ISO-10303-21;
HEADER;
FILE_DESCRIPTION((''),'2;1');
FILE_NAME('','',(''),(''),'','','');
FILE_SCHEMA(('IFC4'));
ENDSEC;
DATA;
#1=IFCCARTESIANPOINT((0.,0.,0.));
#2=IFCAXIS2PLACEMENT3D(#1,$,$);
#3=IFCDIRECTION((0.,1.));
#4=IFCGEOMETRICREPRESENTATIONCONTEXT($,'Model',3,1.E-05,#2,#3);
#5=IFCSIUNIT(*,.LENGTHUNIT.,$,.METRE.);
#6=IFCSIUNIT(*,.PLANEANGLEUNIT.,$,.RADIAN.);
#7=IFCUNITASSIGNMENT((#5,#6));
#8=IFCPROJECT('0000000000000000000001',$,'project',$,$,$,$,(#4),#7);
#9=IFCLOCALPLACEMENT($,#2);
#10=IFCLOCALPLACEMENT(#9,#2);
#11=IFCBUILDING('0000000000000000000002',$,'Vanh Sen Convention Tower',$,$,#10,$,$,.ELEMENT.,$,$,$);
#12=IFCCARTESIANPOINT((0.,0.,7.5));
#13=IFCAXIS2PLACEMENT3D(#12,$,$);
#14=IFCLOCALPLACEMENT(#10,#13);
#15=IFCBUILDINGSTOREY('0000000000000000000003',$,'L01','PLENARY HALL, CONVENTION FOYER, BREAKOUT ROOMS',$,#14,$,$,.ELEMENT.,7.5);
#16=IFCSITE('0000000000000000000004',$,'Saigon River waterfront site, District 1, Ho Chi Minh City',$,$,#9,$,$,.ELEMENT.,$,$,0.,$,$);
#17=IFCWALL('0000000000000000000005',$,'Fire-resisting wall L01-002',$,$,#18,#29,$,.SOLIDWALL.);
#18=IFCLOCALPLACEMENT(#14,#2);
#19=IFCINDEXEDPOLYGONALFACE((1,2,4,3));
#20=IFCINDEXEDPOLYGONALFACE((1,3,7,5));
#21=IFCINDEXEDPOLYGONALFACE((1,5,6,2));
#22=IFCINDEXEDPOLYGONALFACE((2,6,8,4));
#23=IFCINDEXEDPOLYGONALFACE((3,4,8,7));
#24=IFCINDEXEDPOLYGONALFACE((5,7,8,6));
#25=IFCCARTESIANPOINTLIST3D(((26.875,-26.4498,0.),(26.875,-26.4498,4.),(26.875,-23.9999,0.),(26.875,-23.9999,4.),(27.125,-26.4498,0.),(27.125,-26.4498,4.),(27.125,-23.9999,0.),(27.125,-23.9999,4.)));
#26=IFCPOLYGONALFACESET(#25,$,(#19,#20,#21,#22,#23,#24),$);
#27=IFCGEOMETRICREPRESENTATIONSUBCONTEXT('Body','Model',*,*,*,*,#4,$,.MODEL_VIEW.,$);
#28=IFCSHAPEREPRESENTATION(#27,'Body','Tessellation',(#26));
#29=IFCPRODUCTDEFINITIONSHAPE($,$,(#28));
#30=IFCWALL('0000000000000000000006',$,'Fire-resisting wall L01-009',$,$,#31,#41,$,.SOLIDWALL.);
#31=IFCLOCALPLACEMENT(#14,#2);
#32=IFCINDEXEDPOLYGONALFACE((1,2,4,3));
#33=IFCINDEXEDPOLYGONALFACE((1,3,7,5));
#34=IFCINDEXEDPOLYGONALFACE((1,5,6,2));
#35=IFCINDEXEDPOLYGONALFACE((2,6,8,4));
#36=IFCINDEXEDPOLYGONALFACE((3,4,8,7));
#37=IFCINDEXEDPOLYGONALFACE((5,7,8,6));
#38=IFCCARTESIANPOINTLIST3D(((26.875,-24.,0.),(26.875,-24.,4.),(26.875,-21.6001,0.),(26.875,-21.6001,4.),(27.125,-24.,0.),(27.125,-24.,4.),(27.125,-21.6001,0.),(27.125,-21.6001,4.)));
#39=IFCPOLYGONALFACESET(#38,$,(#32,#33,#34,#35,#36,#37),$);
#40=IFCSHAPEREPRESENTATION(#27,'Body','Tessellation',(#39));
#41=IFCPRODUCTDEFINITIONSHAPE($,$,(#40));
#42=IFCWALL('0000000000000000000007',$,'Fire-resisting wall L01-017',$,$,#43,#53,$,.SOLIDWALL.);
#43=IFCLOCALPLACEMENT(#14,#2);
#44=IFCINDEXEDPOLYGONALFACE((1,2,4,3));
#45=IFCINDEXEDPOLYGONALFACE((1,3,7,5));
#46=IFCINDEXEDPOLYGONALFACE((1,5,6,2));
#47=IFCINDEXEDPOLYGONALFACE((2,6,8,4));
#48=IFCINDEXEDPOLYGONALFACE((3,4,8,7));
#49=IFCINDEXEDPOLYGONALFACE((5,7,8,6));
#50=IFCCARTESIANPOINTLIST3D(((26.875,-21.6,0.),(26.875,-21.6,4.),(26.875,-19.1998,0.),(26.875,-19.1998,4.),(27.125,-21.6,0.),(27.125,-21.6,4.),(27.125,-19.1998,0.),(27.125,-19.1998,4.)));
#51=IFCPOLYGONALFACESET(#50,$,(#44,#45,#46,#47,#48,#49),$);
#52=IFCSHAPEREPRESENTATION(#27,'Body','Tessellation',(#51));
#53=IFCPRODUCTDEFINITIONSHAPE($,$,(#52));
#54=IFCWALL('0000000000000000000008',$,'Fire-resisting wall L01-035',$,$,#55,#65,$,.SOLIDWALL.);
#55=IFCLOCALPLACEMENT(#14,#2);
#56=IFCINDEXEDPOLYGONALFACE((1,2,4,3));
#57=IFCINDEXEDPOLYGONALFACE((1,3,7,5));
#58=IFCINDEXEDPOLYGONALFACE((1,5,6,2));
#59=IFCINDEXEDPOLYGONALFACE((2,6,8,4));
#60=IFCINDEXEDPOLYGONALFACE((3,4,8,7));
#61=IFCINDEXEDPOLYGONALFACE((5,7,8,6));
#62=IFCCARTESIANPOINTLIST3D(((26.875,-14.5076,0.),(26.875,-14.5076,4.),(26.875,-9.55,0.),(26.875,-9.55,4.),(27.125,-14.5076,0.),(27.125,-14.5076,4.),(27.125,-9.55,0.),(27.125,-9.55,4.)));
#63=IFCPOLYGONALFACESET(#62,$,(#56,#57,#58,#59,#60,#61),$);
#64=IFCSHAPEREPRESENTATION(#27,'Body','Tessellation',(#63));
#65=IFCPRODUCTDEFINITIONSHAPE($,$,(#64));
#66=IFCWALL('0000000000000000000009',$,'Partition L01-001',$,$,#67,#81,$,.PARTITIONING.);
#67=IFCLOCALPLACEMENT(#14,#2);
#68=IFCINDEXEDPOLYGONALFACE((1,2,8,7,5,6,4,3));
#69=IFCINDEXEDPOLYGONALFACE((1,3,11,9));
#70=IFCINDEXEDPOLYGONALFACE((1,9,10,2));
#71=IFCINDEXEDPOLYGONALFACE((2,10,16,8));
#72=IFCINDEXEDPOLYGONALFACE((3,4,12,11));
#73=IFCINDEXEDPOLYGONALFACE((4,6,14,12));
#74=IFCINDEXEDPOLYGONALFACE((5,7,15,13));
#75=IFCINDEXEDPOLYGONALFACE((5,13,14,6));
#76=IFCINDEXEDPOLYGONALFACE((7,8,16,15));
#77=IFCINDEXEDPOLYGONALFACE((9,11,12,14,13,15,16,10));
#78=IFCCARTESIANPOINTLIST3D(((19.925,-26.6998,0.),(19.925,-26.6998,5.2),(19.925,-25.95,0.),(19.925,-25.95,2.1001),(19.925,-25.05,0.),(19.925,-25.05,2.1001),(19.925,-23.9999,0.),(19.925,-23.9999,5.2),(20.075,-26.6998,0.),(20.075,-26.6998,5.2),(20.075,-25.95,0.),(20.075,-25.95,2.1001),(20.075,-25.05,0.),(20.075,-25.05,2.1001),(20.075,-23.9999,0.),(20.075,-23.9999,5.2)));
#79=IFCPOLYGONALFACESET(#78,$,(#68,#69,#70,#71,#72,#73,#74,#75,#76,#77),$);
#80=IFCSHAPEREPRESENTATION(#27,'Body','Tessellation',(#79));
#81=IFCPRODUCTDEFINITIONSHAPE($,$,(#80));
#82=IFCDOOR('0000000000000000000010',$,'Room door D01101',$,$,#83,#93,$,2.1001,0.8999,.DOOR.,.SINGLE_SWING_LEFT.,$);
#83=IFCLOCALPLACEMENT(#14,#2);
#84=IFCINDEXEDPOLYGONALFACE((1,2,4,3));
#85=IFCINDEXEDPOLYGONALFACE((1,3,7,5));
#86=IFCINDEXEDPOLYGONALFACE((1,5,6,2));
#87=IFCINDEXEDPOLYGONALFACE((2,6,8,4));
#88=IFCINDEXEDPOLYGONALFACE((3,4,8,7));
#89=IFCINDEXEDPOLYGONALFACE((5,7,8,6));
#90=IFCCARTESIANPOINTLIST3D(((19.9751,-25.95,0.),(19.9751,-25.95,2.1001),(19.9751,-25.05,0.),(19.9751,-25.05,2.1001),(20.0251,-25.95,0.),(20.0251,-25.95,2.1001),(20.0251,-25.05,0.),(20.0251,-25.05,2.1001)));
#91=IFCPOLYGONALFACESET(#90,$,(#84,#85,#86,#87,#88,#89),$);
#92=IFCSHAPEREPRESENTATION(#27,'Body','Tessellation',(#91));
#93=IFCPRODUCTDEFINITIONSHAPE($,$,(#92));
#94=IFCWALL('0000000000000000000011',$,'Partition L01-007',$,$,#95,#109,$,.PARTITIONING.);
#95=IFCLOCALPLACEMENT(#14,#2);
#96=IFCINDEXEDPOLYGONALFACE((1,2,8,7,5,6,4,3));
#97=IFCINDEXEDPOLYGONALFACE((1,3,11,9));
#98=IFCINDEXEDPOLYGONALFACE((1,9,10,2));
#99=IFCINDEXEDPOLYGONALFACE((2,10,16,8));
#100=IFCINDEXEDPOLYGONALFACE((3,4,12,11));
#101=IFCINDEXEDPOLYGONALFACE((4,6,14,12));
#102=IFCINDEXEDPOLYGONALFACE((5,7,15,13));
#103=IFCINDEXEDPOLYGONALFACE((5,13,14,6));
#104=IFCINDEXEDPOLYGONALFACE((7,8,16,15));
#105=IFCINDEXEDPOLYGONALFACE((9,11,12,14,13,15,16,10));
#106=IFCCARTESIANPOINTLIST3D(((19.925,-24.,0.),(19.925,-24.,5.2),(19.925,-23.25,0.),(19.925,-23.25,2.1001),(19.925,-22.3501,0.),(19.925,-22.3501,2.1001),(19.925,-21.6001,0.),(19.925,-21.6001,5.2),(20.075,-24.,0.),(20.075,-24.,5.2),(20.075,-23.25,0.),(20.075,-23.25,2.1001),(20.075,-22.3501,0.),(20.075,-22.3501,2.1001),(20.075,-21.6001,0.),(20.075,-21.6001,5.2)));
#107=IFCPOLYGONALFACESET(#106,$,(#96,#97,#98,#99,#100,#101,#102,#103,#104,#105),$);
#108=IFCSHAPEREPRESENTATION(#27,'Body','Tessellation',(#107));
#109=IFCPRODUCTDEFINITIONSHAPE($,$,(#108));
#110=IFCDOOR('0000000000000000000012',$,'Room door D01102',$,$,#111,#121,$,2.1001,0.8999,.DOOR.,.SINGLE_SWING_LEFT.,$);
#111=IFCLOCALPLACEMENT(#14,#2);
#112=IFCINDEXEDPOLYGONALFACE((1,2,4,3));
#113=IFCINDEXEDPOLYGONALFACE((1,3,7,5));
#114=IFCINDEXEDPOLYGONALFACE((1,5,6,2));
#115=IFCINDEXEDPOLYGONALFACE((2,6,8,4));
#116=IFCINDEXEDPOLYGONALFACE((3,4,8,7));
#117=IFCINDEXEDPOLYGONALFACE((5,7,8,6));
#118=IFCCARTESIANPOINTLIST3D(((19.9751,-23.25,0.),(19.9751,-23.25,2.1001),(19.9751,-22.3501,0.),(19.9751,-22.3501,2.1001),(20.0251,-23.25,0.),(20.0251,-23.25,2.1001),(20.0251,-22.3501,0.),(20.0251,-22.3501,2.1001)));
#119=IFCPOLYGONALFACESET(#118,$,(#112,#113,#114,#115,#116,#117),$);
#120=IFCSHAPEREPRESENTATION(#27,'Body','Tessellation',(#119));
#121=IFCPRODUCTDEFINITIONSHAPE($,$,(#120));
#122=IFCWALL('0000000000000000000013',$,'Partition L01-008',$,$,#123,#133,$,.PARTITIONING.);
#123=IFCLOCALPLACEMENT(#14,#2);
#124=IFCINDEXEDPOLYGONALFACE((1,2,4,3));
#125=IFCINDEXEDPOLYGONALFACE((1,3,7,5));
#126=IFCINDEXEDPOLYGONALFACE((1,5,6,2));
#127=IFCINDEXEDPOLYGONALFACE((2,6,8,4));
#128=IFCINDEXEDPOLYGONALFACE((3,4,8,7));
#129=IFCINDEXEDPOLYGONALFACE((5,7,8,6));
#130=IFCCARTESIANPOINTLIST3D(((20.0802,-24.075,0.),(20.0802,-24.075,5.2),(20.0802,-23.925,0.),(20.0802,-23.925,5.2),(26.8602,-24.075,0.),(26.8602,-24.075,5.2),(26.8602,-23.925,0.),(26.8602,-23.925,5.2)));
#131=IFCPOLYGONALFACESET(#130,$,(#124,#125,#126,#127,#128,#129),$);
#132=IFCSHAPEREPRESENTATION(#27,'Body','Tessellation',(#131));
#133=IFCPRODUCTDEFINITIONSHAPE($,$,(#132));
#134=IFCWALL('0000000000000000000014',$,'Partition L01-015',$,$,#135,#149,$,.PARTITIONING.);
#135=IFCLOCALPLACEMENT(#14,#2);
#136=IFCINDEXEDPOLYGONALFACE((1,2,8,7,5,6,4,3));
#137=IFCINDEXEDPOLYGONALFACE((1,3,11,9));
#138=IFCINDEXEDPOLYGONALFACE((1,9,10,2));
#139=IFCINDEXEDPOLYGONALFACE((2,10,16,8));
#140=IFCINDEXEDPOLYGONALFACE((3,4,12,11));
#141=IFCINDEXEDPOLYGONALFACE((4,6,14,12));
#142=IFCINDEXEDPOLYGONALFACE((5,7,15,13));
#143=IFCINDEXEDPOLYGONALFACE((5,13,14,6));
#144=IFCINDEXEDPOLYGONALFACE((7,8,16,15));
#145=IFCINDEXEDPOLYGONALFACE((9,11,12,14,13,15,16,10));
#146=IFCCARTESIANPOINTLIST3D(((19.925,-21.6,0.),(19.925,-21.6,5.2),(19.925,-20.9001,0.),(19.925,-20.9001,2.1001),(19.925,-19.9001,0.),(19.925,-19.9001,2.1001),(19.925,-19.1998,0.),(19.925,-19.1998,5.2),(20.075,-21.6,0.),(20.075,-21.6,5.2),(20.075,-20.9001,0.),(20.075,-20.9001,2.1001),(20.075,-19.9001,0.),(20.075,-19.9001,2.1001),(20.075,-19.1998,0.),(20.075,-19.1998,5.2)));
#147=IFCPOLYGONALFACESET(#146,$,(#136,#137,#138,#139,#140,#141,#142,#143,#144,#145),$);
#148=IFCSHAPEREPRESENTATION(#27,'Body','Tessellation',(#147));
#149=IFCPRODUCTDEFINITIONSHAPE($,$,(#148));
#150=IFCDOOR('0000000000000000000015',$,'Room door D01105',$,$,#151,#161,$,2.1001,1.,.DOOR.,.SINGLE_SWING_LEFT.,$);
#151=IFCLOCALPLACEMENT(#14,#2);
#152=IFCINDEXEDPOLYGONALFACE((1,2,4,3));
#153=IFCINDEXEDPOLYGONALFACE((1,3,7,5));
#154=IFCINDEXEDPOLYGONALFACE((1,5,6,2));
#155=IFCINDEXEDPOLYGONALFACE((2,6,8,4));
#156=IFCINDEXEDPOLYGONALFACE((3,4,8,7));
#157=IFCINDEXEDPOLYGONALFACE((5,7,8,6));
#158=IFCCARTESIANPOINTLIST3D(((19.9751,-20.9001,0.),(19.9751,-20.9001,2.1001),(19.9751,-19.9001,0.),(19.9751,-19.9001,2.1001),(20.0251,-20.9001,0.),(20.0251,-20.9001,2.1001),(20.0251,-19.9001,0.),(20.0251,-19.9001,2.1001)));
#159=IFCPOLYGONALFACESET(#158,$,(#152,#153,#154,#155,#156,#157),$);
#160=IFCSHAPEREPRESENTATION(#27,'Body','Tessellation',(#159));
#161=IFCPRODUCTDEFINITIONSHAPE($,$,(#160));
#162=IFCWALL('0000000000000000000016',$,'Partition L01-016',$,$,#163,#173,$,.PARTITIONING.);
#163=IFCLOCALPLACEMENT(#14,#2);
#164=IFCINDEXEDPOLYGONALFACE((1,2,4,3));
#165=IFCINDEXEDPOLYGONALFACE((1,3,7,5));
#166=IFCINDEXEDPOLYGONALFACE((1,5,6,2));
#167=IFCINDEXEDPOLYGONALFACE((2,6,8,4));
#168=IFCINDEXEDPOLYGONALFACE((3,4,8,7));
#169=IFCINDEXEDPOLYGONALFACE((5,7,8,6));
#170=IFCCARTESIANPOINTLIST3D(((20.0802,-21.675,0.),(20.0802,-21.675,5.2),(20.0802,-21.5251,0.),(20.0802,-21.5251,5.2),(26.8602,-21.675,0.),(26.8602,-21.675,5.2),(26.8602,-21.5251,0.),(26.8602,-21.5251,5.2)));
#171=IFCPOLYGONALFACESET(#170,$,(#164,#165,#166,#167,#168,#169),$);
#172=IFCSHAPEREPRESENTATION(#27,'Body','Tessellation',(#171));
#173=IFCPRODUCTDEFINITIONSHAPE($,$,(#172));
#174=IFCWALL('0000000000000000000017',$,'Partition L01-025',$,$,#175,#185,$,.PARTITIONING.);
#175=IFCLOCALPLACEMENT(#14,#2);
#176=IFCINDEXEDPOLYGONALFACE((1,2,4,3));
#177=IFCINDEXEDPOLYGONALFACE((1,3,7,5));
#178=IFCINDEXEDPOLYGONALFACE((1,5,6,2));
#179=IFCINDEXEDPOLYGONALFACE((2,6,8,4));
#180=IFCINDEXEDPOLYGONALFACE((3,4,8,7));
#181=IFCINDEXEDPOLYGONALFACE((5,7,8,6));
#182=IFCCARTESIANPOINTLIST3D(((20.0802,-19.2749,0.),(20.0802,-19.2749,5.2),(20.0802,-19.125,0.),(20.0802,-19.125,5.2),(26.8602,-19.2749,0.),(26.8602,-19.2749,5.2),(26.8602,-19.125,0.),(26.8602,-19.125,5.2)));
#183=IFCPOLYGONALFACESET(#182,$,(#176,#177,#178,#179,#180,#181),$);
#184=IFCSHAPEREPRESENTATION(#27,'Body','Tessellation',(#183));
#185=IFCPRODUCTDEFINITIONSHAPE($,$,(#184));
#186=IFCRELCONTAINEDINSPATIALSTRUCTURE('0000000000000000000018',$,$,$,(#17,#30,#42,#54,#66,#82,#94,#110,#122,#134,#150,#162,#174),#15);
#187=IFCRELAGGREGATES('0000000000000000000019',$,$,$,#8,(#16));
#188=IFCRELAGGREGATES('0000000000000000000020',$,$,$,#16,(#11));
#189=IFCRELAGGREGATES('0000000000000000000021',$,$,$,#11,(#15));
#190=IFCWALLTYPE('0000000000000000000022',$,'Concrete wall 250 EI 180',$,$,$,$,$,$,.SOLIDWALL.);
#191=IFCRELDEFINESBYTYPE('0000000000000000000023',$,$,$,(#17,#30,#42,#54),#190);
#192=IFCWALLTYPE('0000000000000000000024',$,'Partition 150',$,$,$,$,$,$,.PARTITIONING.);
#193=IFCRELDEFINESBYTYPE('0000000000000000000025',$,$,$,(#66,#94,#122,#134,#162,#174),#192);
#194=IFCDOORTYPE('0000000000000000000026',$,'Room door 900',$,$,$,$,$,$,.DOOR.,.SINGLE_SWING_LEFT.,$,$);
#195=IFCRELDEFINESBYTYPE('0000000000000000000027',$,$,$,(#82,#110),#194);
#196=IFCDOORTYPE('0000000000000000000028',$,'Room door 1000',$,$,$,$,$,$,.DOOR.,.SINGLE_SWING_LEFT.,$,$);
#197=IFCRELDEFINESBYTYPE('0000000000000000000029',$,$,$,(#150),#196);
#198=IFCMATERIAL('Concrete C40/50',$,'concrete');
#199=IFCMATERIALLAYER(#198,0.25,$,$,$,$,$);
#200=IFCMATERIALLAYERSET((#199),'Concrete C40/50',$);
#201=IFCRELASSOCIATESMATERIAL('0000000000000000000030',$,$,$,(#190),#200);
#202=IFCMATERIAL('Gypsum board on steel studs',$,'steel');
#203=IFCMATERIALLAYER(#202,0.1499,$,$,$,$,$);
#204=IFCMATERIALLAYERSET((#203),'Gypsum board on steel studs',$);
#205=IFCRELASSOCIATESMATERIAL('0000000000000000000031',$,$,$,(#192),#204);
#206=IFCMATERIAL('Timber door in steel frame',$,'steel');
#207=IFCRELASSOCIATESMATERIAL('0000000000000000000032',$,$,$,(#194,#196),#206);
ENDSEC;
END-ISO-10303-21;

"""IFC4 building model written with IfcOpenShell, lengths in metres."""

from ifc_helpers import new_model, si_unit, direction, frame, frame_2d, origin, place, context, subcontext, project, spatial, rectangle, extrude, material, layer, layer_set, type_object, element, fill, save


model = new_model("IFC4")

# Units and contexts
model_context = context("Model", 3, precision=1e-05, world=origin(), true_north=direction((0.0, 1.0)))
body_context = subcontext(model_context, "Body", "Model", "MODEL_VIEW")
ifc_project = project(units=[si_unit("LENGTHUNIT", "METRE"), si_unit("PLANEANGLEUNIT", "RADIAN")], contexts=[model_context])

# Site, building, storey
site_placement = place(None, origin())
site = spatial("IfcSite", under=ifc_project, at=site_placement, Name="Saigon River waterfront site, District 1, Ho Chi Minh City", CompositionType="ELEMENT", RefElevation=0.0)
building_placement = place(site_placement, origin())
building = spatial("IfcBuilding", under=site, at=building_placement, Name="Vanh Sen Convention Tower", CompositionType="ELEMENT")
storey_placement = place(building_placement, frame((0.0, 0.0, 7.5)))
storey = spatial("IfcBuildingStorey", under=building, at=storey_placement, Name="L01", Description="PLENARY HALL, CONVENTION FOYER, BREAKOUT ROOMS", CompositionType="ELEMENT", Elevation=7.5)

# Walls
ifc_material_1 = material(Name="Concrete C40/50", Category="concrete")
ifc_layer_1 = layer(ifc_material_1, 0.25)
ifc_layer_set_1 = layer_set([ifc_layer_1], Name="Concrete C40/50")
wall_type_1 = type_object("IfcWallType", Name="Concrete wall 250 EI 180", PredefinedType="SOLIDWALL", material=ifc_layer_set_1)
wall_1_placement = place(storey_placement, frame((27.0, -26.45, 0.0), z_axis=(0.0, 0.0, 1.0), x_axis=(0.0, 1.0, 0.0)))
element("IfcWall", 1, at=wall_1_placement, inside=storey, type_object=wall_type_1, Name="Fire-resisting wall L01-002", PredefinedType="SOLIDWALL", context=body_context, shape_type="SweptSolid", body=[
    extrude(rectangle(XDim=2.45, YDim=0.25, at=frame_2d((1.2251, 0.0))), origin(), (0.0, 0.0, 1.0), 4.0),
])
wall_2_placement = place(storey_placement, frame((27.0, -24.0, 0.0), z_axis=(0.0, 0.0, 1.0), x_axis=(0.0, 1.0, 0.0)))
element("IfcWall", 2, at=wall_2_placement, inside=storey, type_object=wall_type_1, Name="Fire-resisting wall L01-009", PredefinedType="SOLIDWALL", context=body_context, shape_type="SweptSolid", body=[
    extrude(rectangle(XDim=2.3999, YDim=0.25, at=frame_2d((1.2, 0.0))), origin(), (0.0, 0.0, 1.0), 4.0),
])
wall_3_placement = place(storey_placement, frame((27.0, -21.6001, 0.0), z_axis=(0.0, 0.0, 1.0), x_axis=(0.0, 1.0, 0.0)))
element("IfcWall", 3, at=wall_3_placement, inside=storey, type_object=wall_type_1, Name="Fire-resisting wall L01-017", PredefinedType="SOLIDWALL", context=body_context, shape_type="SweptSolid", body=[
    extrude(rectangle(XDim=2.4001, YDim=0.25, at=frame_2d((1.2002, 0.0))), origin(), (0.0, 0.0, 1.0), 4.0),
])

# Shared definitions
ifc_material_2 = material(Name="Timber door in steel frame", Category="steel")

# Wall
wall_4_placement = place(storey_placement, frame((27.0, -14.5076, 0.0), z_axis=(0.0, 0.0, 1.0), x_axis=(0.0, 1.0, 0.0)))
element("IfcWall", 4, at=wall_4_placement, inside=storey, type_object=wall_type_1, Name="Fire-resisting wall L01-035", PredefinedType="SOLIDWALL", context=body_context, shape_type="SweptSolid", body=[
    extrude(rectangle(XDim=4.9575, YDim=0.25, at=frame_2d((2.4788, 0.0))), origin(), (0.0, 0.0, 1.0), 4.0),
])

# Walls, openings, doors
ifc_material_3 = material(Name="Gypsum board on steel studs", Category="steel")
ifc_layer_2 = layer(ifc_material_3, 0.1499)
ifc_layer_set_2 = layer_set([ifc_layer_2], Name="Gypsum board on steel studs")
wall_type_2 = type_object("IfcWallType", Name="Partition 150", PredefinedType="PARTITIONING", material=ifc_layer_set_2)
wall_5_placement = place(storey_placement, frame((20.0, -26.7, 0.0), z_axis=(0.0, 0.0, 1.0), x_axis=(0.0, 1.0, 0.0)))
wall_5 = element("IfcWall", 5, at=wall_5_placement, inside=storey, type_object=wall_type_2, Name="Partition L01-001", PredefinedType="PARTITIONING", context=body_context, shape_type="SweptSolid", body=[
    extrude(rectangle(XDim=2.7, YDim=0.1499, at=frame_2d((1.3501, 0.0))), origin(), (0.0, 0.0, 1.0), 5.2),
])
opening_1_placement = place(wall_5_placement, frame((0.75, 0.0, 0.0)))
opening_1 = element("IfcOpeningElement", 6, at=opening_1_placement, cuts=wall_5, PredefinedType="OPENING", context=body_context, shape_type="SweptSolid", body=[
    extrude(rectangle(XDim=0.8999, YDim=2.1001, at=frame_2d((0.45, 1.05))), frame((0.0, 0.085, 0.0), z_axis=(0.0, -1.0, 0.0), x_axis=(1.0, 0.0, 0.0)), (0.0, 0.0, 1.0), 0.1699),
])
door_type_1 = type_object("IfcDoorType", Name="Room door 900", OperationType="SINGLE_SWING_LEFT", PredefinedType="DOOR", material=ifc_material_2)
door_1_placement = place(opening_1_placement, origin())
door_1 = element("IfcDoor", 7, at=door_1_placement, inside=storey, type_object=door_type_1, Name="Room door D01101", OperationType="SINGLE_SWING_LEFT", OverallHeight=2.1001, OverallWidth=0.8999, PredefinedType="DOOR", context=body_context, shape_type="SweptSolid", body=[
    extrude(rectangle(XDim=0.8999, YDim=2.1001, at=frame_2d((0.45, 1.05))), frame((0.0, 0.0249, 0.0), z_axis=(0.0, -1.0, 0.0), x_axis=(1.0, 0.0, 0.0)), (0.0, 0.0, 1.0), 0.05),
])
fill(opening_1, door_1)
wall_6_placement = place(storey_placement, frame((20.0, -24.0, 0.0), z_axis=(0.0, 0.0, 1.0), x_axis=(0.0, 1.0, 0.0)))
wall_6 = element("IfcWall", 8, at=wall_6_placement, inside=storey, type_object=wall_type_2, Name="Partition L01-007", PredefinedType="PARTITIONING", context=body_context, shape_type="SweptSolid", body=[
    extrude(rectangle(XDim=2.3999, YDim=0.1499, at=frame_2d((1.2, 0.0))), origin(), (0.0, 0.0, 1.0), 5.2),
])
opening_2_placement = place(wall_6_placement, frame((0.75, 0.0, 0.0)))
opening_2 = element("IfcOpeningElement", 9, at=opening_2_placement, cuts=wall_6, PredefinedType="OPENING", context=body_context, shape_type="SweptSolid", body=[
    extrude(rectangle(XDim=0.8999, YDim=2.1001, at=frame_2d((0.45, 1.05))), frame((0.0, 0.085, 0.0), z_axis=(0.0, -1.0, 0.0), x_axis=(1.0, 0.0, 0.0)), (0.0, 0.0, 1.0), 0.1699),
])
door_2_placement = place(opening_2_placement, origin())
door_2 = element("IfcDoor", 10, at=door_2_placement, inside=storey, type_object=door_type_1, Name="Room door D01102", OperationType="SINGLE_SWING_LEFT", OverallHeight=2.1001, OverallWidth=0.8999, PredefinedType="DOOR", context=body_context, shape_type="SweptSolid", body=[
    extrude(rectangle(XDim=0.8999, YDim=2.1001, at=frame_2d((0.45, 1.05))), frame((0.0, 0.0249, 0.0), z_axis=(0.0, -1.0, 0.0), x_axis=(1.0, 0.0, 0.0)), (0.0, 0.0, 1.0), 0.05),
])
fill(opening_2, door_2)

# Wall
wall_7_placement = place(storey_placement, frame((20.0801, -24.0, 0.0), z_axis=(0.0, 0.0, 1.0), x_axis=(1.0, 0.0, 0.0)))
element("IfcWall", 11, at=wall_7_placement, inside=storey, type_object=wall_type_2, Name="Partition L01-008", PredefinedType="PARTITIONING", context=body_context, shape_type="SweptSolid", body=[
    extrude(rectangle(XDim=6.78, YDim=0.1499, at=frame_2d((3.3901, 0.0))), origin(), (0.0, 0.0, 1.0), 5.2),
])

# Wall, opening, door
wall_8_placement = place(storey_placement, frame((20.0, -21.6001, 0.0), z_axis=(0.0, 0.0, 1.0), x_axis=(0.0, 1.0, 0.0)))
wall_8 = element("IfcWall", 12, at=wall_8_placement, inside=storey, type_object=wall_type_2, Name="Partition L01-015", PredefinedType="PARTITIONING", context=body_context, shape_type="SweptSolid", body=[
    extrude(rectangle(XDim=2.4001, YDim=0.1499, at=frame_2d((1.2002, 0.0))), origin(), (0.0, 0.0, 1.0), 5.2),
])
opening_3_placement = place(wall_8_placement, frame((0.7, 0.0, 0.0)))
opening_3 = element("IfcOpeningElement", 13, at=opening_3_placement, cuts=wall_8, PredefinedType="OPENING", context=body_context, shape_type="SweptSolid", body=[
    extrude(rectangle(XDim=1.0, YDim=2.1001, at=frame_2d((0.5, 1.05))), frame((0.0, 0.085, 0.0), z_axis=(0.0, -1.0, 0.0), x_axis=(1.0, 0.0, 0.0)), (0.0, 0.0, 1.0), 0.1699),
])
door_type_2 = type_object("IfcDoorType", Name="Room door 1000", OperationType="SINGLE_SWING_LEFT", PredefinedType="DOOR", material=ifc_material_2)
door_3_placement = place(opening_3_placement, origin())
door_3 = element("IfcDoor", 14, at=door_3_placement, inside=storey, type_object=door_type_2, Name="Room door D01105", OperationType="SINGLE_SWING_LEFT", OverallHeight=2.1001, OverallWidth=1.0, PredefinedType="DOOR", context=body_context, shape_type="SweptSolid", body=[
    extrude(rectangle(XDim=1.0, YDim=2.1001, at=frame_2d((0.5, 1.05))), frame((0.0, 0.0249, 0.0), z_axis=(0.0, -1.0, 0.0), x_axis=(1.0, 0.0, 0.0)), (0.0, 0.0, 1.0), 0.05),
])
fill(opening_3, door_3)

# Walls
for number, where, z_axis, x_axis, name in (
    (15, (20.0801, -21.6001, 0.0), (0.0, 0.0, 1.0), (1.0, 0.0, 0.0), "Partition L01-016"),
    (16, (20.0801, -19.2, 0.0), (0.0, 0.0, 1.0), (1.0, 0.0, 0.0), "Partition L01-025"),
):
    element("IfcWall", number, at=place(storey_placement, frame(where, z_axis=z_axis, x_axis=x_axis)), inside=storey, type_object=wall_type_2, Name=name, PredefinedType="PARTITIONING", context=body_context, shape_type="SweptSolid", body=[
        extrude(rectangle(XDim=6.78, YDim=0.1499, at=frame_2d((3.3901, 0.0))), origin(), (0.0, 0.0, 1.0), 5.2),
    ])

save(model, "model.ifc")
